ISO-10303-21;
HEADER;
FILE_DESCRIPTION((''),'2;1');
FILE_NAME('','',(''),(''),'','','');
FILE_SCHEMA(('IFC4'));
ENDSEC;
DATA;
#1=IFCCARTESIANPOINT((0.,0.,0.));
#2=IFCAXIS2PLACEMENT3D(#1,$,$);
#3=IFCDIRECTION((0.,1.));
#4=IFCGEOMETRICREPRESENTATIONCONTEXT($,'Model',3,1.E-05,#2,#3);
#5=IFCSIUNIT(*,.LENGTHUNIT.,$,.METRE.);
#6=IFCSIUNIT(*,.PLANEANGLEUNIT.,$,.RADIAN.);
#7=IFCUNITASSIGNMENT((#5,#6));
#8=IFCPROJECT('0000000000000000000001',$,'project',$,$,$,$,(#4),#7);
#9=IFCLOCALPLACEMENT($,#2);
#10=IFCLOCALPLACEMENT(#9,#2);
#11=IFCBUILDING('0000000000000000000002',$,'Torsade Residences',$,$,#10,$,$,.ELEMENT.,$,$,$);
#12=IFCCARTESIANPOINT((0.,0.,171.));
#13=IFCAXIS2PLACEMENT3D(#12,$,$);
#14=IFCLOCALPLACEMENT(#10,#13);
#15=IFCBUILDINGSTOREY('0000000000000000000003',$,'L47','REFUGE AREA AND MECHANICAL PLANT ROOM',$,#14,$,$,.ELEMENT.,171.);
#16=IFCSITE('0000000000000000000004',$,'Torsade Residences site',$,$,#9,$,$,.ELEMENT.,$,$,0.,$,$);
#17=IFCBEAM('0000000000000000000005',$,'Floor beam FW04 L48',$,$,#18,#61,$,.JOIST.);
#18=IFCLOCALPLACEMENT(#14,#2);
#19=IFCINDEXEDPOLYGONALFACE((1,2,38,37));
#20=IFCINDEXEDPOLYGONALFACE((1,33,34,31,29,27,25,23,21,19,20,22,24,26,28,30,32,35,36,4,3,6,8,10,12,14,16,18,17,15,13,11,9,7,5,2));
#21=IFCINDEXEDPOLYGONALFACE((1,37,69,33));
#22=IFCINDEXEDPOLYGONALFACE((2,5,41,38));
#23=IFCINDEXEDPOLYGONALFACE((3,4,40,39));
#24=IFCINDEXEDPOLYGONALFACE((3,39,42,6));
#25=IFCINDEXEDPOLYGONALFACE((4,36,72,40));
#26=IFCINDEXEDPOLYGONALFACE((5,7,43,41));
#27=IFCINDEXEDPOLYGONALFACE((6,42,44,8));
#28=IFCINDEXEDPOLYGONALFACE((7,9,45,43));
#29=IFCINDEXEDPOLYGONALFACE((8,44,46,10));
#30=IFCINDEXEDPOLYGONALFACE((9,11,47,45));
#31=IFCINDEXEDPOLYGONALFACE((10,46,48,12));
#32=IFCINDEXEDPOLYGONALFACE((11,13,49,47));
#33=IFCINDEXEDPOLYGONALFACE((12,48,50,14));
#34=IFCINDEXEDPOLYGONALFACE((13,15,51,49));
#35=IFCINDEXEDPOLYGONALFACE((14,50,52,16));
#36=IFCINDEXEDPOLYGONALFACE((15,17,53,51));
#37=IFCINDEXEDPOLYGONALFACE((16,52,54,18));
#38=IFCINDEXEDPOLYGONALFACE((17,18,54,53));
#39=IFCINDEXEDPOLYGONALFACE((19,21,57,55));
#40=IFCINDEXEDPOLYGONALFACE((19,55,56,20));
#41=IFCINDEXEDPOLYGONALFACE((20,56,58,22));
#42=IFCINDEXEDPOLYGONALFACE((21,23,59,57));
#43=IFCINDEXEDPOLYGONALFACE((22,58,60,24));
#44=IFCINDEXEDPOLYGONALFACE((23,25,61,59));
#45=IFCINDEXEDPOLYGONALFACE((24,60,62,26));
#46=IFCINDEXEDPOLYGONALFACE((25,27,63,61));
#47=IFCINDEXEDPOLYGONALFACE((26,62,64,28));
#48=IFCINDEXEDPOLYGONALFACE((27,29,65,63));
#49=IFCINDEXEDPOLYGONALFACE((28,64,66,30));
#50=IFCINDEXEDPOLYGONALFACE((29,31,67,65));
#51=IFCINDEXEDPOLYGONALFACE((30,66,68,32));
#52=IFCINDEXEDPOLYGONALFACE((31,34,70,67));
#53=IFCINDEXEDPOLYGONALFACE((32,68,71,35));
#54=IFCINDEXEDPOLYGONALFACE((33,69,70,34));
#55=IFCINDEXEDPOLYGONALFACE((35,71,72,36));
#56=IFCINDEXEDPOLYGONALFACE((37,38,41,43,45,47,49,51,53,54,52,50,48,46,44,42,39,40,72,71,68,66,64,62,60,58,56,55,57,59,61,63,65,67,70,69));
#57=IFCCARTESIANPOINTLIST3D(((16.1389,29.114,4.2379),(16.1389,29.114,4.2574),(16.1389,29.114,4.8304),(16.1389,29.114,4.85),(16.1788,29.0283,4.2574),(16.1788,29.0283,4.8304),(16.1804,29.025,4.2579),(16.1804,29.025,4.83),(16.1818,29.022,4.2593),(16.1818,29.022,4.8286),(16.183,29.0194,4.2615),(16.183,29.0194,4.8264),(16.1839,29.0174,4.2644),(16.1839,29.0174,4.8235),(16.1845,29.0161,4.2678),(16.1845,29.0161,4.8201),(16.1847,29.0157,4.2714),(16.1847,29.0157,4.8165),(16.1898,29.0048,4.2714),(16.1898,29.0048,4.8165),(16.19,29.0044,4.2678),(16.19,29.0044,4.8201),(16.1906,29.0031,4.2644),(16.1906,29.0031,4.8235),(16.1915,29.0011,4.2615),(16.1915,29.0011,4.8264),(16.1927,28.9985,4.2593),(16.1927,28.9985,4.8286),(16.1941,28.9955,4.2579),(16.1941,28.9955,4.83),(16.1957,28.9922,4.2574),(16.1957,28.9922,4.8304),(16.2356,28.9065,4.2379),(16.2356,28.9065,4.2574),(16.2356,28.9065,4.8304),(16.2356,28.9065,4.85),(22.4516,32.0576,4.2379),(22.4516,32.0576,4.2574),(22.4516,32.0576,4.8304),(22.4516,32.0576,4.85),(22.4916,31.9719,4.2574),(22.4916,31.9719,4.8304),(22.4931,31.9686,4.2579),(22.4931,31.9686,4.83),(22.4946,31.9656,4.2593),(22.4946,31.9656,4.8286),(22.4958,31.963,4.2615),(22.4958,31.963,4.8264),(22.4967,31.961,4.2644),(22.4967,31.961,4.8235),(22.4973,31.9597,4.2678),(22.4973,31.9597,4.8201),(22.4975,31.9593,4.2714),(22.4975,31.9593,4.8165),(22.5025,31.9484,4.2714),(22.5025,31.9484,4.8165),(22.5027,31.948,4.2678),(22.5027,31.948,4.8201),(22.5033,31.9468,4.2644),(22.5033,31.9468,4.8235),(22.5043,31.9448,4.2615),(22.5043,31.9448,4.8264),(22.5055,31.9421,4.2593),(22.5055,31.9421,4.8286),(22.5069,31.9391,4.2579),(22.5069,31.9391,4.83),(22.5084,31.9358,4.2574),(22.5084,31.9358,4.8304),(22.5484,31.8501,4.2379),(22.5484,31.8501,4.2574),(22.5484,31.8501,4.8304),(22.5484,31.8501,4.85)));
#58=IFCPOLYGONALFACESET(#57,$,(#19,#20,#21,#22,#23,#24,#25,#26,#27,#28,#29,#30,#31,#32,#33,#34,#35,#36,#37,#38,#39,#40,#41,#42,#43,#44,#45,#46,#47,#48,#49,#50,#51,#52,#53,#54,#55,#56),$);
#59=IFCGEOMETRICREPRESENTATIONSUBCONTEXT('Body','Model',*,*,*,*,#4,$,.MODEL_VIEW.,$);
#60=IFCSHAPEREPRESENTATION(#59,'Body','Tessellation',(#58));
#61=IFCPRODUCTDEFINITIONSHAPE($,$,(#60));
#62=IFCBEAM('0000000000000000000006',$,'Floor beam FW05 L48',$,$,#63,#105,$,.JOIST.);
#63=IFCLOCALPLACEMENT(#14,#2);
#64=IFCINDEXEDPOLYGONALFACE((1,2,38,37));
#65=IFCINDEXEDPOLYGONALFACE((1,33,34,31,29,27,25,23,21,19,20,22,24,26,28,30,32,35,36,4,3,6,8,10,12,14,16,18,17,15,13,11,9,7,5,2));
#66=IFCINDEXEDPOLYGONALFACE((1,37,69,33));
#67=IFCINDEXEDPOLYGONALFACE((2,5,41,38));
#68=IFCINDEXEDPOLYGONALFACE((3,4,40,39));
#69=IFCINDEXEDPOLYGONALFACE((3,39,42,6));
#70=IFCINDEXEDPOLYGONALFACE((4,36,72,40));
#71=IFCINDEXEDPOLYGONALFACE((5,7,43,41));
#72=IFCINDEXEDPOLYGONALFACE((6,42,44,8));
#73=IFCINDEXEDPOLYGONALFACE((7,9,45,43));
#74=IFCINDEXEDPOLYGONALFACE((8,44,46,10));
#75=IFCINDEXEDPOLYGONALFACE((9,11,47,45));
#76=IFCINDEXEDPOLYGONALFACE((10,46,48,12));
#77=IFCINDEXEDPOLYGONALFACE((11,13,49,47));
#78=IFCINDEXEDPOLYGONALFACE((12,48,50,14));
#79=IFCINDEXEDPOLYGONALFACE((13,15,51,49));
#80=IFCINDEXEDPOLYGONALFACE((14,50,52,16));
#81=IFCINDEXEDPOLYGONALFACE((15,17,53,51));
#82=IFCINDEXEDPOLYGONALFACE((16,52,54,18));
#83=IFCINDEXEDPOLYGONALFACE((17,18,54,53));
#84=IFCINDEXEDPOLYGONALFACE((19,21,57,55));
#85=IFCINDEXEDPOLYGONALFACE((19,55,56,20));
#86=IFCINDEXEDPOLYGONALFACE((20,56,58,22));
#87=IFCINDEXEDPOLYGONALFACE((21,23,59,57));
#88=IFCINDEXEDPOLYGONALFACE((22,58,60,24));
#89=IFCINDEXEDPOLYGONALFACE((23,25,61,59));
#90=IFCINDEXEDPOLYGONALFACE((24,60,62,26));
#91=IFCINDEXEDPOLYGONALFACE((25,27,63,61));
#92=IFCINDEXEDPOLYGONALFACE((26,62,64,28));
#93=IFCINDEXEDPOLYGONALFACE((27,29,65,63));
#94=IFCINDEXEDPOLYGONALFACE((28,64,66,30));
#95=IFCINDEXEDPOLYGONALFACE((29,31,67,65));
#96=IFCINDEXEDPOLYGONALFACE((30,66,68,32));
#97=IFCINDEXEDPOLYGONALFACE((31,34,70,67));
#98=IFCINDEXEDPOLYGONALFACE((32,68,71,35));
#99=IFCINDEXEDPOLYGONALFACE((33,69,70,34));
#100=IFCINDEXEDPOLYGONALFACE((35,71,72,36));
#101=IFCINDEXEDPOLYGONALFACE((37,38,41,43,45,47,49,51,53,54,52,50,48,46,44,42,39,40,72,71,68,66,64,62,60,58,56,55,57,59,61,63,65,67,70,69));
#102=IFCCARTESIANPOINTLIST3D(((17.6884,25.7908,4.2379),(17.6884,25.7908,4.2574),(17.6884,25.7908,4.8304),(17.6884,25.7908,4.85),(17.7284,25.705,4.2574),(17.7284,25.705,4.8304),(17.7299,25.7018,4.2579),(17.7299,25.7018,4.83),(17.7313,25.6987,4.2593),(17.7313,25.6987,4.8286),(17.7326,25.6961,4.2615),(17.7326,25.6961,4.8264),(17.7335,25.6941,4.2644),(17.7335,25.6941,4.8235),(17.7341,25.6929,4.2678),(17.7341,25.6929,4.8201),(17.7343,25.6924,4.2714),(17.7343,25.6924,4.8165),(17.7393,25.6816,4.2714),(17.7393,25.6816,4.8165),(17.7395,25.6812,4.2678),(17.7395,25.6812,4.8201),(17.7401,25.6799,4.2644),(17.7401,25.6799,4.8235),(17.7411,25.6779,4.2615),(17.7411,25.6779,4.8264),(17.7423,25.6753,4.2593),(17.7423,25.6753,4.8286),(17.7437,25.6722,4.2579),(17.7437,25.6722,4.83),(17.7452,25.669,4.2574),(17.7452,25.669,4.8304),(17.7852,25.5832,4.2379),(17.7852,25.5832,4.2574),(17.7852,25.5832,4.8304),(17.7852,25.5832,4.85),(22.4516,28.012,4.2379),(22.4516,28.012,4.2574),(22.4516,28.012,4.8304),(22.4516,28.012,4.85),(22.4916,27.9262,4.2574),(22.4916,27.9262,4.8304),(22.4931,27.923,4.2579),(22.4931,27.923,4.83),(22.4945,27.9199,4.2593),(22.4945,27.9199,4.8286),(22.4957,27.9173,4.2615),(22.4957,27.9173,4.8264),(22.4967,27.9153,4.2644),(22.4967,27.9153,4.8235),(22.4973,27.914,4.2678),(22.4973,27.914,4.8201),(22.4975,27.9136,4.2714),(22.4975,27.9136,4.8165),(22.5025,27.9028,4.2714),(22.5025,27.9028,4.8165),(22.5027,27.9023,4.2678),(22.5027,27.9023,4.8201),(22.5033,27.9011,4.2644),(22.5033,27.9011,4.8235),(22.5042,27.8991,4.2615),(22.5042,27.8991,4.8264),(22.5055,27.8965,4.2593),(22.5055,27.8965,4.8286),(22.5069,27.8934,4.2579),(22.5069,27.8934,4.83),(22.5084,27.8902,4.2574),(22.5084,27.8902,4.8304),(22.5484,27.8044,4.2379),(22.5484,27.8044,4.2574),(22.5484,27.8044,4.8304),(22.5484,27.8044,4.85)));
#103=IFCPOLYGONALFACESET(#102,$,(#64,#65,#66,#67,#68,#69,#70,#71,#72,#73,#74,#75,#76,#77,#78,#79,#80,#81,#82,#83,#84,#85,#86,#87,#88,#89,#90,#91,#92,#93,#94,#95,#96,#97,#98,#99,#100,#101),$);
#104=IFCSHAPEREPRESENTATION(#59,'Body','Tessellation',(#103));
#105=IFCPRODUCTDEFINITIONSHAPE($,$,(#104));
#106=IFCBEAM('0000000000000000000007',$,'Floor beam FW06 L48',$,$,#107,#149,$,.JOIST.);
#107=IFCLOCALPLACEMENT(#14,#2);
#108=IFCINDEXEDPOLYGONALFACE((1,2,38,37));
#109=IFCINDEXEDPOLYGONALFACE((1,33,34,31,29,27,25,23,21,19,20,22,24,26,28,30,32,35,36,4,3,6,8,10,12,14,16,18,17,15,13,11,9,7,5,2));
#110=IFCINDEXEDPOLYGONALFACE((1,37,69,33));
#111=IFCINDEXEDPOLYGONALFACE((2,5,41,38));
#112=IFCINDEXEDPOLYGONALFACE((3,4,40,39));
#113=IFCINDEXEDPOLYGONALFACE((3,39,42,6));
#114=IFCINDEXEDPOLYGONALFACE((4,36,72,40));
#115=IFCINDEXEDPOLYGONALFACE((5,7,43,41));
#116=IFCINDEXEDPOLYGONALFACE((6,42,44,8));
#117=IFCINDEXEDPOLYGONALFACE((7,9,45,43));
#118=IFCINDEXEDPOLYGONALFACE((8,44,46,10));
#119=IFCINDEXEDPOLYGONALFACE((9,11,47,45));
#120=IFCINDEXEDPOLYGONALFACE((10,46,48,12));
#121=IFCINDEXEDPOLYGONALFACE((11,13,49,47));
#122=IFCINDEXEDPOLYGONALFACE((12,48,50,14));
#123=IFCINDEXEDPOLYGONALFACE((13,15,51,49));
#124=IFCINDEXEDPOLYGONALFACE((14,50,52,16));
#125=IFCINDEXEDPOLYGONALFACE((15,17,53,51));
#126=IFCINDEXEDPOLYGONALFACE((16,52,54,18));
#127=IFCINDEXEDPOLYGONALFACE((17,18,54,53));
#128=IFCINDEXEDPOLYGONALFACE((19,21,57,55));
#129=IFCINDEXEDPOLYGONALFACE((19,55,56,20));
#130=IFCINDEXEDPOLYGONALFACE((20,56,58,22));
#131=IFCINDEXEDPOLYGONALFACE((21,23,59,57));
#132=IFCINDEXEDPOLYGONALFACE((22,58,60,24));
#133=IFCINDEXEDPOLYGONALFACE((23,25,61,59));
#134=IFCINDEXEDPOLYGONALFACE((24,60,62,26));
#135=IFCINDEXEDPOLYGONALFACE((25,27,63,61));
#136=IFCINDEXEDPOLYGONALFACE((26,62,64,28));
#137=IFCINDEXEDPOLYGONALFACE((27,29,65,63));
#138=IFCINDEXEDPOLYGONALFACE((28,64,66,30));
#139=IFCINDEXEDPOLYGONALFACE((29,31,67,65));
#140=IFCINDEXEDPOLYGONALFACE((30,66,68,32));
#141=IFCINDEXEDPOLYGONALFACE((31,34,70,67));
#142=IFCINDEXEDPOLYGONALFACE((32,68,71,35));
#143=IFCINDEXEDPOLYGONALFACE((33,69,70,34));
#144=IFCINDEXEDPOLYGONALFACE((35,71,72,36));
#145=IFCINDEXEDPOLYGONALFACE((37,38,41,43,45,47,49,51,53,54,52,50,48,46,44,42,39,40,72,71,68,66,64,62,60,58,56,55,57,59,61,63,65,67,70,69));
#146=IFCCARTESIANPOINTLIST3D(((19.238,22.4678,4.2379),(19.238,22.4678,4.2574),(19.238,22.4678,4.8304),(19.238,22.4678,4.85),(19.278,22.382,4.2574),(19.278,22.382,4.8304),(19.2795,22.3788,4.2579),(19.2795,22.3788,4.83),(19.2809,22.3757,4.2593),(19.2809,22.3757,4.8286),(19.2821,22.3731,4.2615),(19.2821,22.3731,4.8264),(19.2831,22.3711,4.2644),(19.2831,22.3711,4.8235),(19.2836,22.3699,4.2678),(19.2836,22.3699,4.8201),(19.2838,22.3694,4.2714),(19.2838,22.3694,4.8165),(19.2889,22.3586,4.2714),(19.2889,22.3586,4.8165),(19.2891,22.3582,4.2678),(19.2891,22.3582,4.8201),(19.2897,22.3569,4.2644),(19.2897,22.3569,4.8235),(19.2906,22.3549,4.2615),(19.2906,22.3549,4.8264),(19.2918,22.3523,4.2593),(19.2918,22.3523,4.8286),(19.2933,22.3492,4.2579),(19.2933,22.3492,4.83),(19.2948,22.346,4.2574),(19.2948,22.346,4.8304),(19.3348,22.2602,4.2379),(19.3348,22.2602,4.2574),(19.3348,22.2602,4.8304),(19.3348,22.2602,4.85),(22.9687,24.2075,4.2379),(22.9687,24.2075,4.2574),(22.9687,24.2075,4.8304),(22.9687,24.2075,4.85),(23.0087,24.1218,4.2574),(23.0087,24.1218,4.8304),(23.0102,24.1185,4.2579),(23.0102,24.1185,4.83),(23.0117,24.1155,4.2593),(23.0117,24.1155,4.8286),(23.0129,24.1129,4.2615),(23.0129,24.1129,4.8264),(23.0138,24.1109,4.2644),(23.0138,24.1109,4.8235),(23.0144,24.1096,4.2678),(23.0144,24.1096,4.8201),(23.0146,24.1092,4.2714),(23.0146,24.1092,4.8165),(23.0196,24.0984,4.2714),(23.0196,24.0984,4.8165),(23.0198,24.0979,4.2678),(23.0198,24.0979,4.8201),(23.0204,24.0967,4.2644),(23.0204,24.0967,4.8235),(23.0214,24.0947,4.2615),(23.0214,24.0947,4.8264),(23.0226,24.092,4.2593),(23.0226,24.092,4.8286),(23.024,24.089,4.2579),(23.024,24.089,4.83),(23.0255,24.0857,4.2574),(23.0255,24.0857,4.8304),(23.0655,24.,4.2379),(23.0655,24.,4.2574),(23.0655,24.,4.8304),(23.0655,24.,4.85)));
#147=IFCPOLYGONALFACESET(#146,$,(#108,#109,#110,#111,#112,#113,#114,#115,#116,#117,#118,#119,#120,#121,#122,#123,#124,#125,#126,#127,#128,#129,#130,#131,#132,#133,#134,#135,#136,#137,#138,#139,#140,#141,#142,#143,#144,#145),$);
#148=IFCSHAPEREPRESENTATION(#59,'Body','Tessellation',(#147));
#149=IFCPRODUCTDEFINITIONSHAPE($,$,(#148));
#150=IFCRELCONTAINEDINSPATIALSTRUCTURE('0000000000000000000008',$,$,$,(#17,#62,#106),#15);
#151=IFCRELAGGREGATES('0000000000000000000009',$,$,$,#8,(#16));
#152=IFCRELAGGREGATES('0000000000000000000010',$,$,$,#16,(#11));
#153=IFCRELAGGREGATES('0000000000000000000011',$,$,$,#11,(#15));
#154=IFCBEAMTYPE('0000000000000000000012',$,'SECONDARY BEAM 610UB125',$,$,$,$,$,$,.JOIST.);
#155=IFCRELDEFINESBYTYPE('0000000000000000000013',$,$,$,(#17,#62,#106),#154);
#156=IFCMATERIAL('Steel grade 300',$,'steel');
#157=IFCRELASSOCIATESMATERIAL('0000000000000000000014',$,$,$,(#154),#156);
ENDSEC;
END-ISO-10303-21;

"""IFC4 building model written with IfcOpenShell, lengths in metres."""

from ifc_helpers import new_model, si_unit, direction, frame, origin, origin_2d, place, context, subcontext, project, spatial, i_section, extrude, material, material_profile, profile_set, type_object, element, save


model = new_model("IFC4")

# Units and contexts
model_context = context("Model", 3, precision=1e-05, world=origin(), true_north=direction((0.0, 1.0)))
body_context = subcontext(model_context, "Body", "Model", "MODEL_VIEW")
ifc_project = project(units=[si_unit("LENGTHUNIT", "METRE"), si_unit("PLANEANGLEUNIT", "RADIAN")], contexts=[model_context])

# Site, building, storey
site_placement = place(None, origin())
site = spatial("IfcSite", under=ifc_project, at=site_placement, Name="Torsade Residences site", CompositionType="ELEMENT", RefElevation=0.0)
building_placement = place(site_placement, origin())
building = spatial("IfcBuilding", under=site, at=building_placement, Name="Torsade Residences", CompositionType="ELEMENT")
storey_placement = place(building_placement, frame((0.0, 0.0, 171.0)))
storey = spatial("IfcBuildingStorey", under=building, at=storey_placement, Name="L47", Description="REFUGE AREA AND MECHANICAL PLANT ROOM", CompositionType="ELEMENT", Elevation=171.0)

# Beams
ifc_material_1 = material(Name="Steel grade 300", Category="steel")
ifc_material_profile_1 = material_profile(ifc_material_1, i_section(OverallWidth=0.229, OverallDepth=0.6121, WebThickness=0.012, FlangeThickness=0.0195, FilletRadius=0.0139, at=origin_2d()), Name="610UB125")
ifc_profile_set_1 = profile_set([ifc_material_profile_1], Name="Steel grade 300")
beam_type_1 = type_object("IfcBeamType", Name="SECONDARY BEAM 610UB125", PredefinedType="JOIST", material=ifc_profile_set_1)
beam_1_placement = place(storey_placement, frame((16.1873, 29.0103, 4.5439), z_axis=(0.906312, 0.422609, 0.0), x_axis=(-0.422609, 0.906312, 0.0)))
element("IfcBeam", 1, at=beam_1_placement, inside=storey, type_object=beam_type_1, Name="Floor beam FW04 L48", PredefinedType="JOIST", context=body_context, shape_type="SweptSolid", body=[
    extrude(i_section(OverallWidth=0.229, OverallDepth=0.6121, WebThickness=0.012, FlangeThickness=0.0195, FilletRadius=0.0139, at=origin_2d()), origin(), (0.0, 0.0, 1.0), 6.9653),
])
beam_2_placement = place(storey_placement, frame((17.7368, 25.687, 4.5439), z_axis=(0.906302, 0.422631, 0.0), x_axis=(-0.422631, 0.906302, 0.0)))
element("IfcBeam", 2, at=beam_2_placement, inside=storey, type_object=beam_type_1, Name="Floor beam FW05 L48", PredefinedType="JOIST", context=body_context, shape_type="SweptSolid", body=[
    extrude(i_section(OverallWidth=0.229, OverallDepth=0.6121, WebThickness=0.012, FlangeThickness=0.0195, FilletRadius=0.0139, at=origin_2d()), origin(), (0.0, 0.0, 1.0), 5.2556),
])
beam_3_placement = place(storey_placement, frame((19.2864, 22.364, 4.5439), z_axis=(0.9063, 0.422635, 0.0), x_axis=(-0.422635, 0.9063, 0.0)))
element("IfcBeam", 3, at=beam_3_placement, inside=storey, type_object=beam_type_1, Name="Floor beam FW06 L48", PredefinedType="JOIST", context=body_context, shape_type="SweptSolid", body=[
    extrude(i_section(OverallWidth=0.229, OverallDepth=0.6121, WebThickness=0.012, FlangeThickness=0.0195, FilletRadius=0.0139, at=origin_2d()), origin(), (0.0, 0.0, 1.0), 4.1165),
])

save(model, "model.ifc")
